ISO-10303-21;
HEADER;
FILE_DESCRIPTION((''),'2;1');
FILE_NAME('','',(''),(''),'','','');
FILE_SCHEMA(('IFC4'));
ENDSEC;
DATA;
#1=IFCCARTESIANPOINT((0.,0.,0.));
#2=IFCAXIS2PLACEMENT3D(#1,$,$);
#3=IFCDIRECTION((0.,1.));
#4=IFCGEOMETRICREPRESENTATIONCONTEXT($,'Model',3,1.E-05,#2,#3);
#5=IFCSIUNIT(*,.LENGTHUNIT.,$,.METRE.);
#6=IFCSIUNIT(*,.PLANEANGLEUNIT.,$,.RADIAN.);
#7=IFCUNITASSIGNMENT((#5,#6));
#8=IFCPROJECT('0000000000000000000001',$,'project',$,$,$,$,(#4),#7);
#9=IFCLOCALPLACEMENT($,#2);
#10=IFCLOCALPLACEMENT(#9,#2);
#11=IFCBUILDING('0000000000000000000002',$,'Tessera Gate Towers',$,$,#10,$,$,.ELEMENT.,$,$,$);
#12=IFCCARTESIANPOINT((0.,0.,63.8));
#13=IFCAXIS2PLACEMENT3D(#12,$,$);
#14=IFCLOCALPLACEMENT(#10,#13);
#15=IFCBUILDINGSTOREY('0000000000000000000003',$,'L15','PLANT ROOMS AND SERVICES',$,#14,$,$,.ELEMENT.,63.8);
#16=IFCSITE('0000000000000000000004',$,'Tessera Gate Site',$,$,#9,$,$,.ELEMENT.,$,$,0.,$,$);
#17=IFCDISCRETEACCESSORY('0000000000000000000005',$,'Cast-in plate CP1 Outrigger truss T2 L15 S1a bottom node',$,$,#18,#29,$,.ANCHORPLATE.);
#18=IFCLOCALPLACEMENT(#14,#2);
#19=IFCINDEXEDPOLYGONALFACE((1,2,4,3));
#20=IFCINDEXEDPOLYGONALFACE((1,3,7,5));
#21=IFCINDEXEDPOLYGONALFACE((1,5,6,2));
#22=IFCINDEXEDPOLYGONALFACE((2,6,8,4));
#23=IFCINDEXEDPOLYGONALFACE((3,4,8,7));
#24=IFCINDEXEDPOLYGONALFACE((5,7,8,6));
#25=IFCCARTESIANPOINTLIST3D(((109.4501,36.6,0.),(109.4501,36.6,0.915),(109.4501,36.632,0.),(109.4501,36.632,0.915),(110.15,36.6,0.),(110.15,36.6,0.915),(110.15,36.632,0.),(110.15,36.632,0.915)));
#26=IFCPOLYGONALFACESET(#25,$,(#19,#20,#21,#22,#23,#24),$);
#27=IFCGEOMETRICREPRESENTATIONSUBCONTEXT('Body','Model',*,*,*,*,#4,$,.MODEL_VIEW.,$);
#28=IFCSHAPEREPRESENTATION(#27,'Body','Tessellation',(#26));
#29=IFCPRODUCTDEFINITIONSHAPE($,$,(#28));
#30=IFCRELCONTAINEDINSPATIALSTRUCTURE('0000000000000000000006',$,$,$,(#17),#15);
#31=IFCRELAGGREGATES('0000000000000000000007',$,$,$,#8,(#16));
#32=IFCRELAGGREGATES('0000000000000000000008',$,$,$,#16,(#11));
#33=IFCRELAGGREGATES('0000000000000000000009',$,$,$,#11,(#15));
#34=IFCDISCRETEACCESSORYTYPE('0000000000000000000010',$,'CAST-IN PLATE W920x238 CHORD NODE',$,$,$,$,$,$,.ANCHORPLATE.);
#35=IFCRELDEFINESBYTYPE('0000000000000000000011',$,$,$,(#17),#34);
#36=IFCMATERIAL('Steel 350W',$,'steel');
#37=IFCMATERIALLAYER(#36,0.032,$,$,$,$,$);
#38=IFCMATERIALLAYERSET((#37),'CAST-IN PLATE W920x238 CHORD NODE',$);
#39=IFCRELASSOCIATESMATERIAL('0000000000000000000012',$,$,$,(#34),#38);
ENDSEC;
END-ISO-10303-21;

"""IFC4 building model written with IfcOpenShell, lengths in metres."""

from ifc_helpers import new_model, si_unit, direction, frame, origin, origin_2d, place, context, subcontext, project, spatial, rectangle, extrude, material, layer, layer_set, type_object, element, save


model = new_model("IFC4")

# Units and contexts
model_context = context("Model", 3, precision=1e-05, world=origin(), true_north=direction((0.0, 1.0)))
body_context = subcontext(model_context, "Body", "Model", "MODEL_VIEW")
ifc_project = project(units=[si_unit("LENGTHUNIT", "METRE"), si_unit("PLANEANGLEUNIT", "RADIAN")], contexts=[model_context])

# Site, building, storey
site_placement = place(None, origin())
site = spatial("IfcSite", under=ifc_project, at=site_placement, Name="Tessera Gate Site", CompositionType="ELEMENT", RefElevation=0.0)
building_placement = place(site_placement, origin())
building = spatial("IfcBuilding", under=site, at=building_placement, Name="Tessera Gate Towers", CompositionType="ELEMENT")
storey_placement = place(building_placement, frame((0.0, 0.0, 63.8)))
storey = spatial("IfcBuildingStorey", under=building, at=storey_placement, Name="L15", Description="PLANT ROOMS AND SERVICES", CompositionType="ELEMENT", Elevation=63.8)

# Discrete accessory
ifc_material_1 = material(Name="Steel 350W", Category="steel")
ifc_layer_1 = layer(ifc_material_1, 0.032)
ifc_layer_set_1 = layer_set([ifc_layer_1], Name="CAST-IN PLATE W920x238 CHORD NODE")
discrete_accessory_type = type_object("IfcDiscreteAccessoryType", Name="CAST-IN PLATE W920x238 CHORD NODE", PredefinedType="ANCHORPLATE", material=ifc_layer_set_1)
for number, where, z_axis, x_axis, name in (
    (1, (109.8, 36.616, 0.0), (0.0, 0.0, 1.0), (1.0, 0.0, 0.0), "Cast-in plate CP1 Outrigger truss T2 L15 S1a bottom node"),
):
    element("IfcDiscreteAccessory", number, at=place(storey_placement, frame(where, z_axis=z_axis, x_axis=x_axis)), inside=storey, type_object=discrete_accessory_type, Name=name, PredefinedType="ANCHORPLATE", context=body_context, shape_type="SweptSolid", body=[
        extrude(rectangle(XDim=0.7, YDim=0.032, at=origin_2d()), origin(), (0.0, 0.0, 1.0), 0.915),
    ])

save(model, "model.ifc")
